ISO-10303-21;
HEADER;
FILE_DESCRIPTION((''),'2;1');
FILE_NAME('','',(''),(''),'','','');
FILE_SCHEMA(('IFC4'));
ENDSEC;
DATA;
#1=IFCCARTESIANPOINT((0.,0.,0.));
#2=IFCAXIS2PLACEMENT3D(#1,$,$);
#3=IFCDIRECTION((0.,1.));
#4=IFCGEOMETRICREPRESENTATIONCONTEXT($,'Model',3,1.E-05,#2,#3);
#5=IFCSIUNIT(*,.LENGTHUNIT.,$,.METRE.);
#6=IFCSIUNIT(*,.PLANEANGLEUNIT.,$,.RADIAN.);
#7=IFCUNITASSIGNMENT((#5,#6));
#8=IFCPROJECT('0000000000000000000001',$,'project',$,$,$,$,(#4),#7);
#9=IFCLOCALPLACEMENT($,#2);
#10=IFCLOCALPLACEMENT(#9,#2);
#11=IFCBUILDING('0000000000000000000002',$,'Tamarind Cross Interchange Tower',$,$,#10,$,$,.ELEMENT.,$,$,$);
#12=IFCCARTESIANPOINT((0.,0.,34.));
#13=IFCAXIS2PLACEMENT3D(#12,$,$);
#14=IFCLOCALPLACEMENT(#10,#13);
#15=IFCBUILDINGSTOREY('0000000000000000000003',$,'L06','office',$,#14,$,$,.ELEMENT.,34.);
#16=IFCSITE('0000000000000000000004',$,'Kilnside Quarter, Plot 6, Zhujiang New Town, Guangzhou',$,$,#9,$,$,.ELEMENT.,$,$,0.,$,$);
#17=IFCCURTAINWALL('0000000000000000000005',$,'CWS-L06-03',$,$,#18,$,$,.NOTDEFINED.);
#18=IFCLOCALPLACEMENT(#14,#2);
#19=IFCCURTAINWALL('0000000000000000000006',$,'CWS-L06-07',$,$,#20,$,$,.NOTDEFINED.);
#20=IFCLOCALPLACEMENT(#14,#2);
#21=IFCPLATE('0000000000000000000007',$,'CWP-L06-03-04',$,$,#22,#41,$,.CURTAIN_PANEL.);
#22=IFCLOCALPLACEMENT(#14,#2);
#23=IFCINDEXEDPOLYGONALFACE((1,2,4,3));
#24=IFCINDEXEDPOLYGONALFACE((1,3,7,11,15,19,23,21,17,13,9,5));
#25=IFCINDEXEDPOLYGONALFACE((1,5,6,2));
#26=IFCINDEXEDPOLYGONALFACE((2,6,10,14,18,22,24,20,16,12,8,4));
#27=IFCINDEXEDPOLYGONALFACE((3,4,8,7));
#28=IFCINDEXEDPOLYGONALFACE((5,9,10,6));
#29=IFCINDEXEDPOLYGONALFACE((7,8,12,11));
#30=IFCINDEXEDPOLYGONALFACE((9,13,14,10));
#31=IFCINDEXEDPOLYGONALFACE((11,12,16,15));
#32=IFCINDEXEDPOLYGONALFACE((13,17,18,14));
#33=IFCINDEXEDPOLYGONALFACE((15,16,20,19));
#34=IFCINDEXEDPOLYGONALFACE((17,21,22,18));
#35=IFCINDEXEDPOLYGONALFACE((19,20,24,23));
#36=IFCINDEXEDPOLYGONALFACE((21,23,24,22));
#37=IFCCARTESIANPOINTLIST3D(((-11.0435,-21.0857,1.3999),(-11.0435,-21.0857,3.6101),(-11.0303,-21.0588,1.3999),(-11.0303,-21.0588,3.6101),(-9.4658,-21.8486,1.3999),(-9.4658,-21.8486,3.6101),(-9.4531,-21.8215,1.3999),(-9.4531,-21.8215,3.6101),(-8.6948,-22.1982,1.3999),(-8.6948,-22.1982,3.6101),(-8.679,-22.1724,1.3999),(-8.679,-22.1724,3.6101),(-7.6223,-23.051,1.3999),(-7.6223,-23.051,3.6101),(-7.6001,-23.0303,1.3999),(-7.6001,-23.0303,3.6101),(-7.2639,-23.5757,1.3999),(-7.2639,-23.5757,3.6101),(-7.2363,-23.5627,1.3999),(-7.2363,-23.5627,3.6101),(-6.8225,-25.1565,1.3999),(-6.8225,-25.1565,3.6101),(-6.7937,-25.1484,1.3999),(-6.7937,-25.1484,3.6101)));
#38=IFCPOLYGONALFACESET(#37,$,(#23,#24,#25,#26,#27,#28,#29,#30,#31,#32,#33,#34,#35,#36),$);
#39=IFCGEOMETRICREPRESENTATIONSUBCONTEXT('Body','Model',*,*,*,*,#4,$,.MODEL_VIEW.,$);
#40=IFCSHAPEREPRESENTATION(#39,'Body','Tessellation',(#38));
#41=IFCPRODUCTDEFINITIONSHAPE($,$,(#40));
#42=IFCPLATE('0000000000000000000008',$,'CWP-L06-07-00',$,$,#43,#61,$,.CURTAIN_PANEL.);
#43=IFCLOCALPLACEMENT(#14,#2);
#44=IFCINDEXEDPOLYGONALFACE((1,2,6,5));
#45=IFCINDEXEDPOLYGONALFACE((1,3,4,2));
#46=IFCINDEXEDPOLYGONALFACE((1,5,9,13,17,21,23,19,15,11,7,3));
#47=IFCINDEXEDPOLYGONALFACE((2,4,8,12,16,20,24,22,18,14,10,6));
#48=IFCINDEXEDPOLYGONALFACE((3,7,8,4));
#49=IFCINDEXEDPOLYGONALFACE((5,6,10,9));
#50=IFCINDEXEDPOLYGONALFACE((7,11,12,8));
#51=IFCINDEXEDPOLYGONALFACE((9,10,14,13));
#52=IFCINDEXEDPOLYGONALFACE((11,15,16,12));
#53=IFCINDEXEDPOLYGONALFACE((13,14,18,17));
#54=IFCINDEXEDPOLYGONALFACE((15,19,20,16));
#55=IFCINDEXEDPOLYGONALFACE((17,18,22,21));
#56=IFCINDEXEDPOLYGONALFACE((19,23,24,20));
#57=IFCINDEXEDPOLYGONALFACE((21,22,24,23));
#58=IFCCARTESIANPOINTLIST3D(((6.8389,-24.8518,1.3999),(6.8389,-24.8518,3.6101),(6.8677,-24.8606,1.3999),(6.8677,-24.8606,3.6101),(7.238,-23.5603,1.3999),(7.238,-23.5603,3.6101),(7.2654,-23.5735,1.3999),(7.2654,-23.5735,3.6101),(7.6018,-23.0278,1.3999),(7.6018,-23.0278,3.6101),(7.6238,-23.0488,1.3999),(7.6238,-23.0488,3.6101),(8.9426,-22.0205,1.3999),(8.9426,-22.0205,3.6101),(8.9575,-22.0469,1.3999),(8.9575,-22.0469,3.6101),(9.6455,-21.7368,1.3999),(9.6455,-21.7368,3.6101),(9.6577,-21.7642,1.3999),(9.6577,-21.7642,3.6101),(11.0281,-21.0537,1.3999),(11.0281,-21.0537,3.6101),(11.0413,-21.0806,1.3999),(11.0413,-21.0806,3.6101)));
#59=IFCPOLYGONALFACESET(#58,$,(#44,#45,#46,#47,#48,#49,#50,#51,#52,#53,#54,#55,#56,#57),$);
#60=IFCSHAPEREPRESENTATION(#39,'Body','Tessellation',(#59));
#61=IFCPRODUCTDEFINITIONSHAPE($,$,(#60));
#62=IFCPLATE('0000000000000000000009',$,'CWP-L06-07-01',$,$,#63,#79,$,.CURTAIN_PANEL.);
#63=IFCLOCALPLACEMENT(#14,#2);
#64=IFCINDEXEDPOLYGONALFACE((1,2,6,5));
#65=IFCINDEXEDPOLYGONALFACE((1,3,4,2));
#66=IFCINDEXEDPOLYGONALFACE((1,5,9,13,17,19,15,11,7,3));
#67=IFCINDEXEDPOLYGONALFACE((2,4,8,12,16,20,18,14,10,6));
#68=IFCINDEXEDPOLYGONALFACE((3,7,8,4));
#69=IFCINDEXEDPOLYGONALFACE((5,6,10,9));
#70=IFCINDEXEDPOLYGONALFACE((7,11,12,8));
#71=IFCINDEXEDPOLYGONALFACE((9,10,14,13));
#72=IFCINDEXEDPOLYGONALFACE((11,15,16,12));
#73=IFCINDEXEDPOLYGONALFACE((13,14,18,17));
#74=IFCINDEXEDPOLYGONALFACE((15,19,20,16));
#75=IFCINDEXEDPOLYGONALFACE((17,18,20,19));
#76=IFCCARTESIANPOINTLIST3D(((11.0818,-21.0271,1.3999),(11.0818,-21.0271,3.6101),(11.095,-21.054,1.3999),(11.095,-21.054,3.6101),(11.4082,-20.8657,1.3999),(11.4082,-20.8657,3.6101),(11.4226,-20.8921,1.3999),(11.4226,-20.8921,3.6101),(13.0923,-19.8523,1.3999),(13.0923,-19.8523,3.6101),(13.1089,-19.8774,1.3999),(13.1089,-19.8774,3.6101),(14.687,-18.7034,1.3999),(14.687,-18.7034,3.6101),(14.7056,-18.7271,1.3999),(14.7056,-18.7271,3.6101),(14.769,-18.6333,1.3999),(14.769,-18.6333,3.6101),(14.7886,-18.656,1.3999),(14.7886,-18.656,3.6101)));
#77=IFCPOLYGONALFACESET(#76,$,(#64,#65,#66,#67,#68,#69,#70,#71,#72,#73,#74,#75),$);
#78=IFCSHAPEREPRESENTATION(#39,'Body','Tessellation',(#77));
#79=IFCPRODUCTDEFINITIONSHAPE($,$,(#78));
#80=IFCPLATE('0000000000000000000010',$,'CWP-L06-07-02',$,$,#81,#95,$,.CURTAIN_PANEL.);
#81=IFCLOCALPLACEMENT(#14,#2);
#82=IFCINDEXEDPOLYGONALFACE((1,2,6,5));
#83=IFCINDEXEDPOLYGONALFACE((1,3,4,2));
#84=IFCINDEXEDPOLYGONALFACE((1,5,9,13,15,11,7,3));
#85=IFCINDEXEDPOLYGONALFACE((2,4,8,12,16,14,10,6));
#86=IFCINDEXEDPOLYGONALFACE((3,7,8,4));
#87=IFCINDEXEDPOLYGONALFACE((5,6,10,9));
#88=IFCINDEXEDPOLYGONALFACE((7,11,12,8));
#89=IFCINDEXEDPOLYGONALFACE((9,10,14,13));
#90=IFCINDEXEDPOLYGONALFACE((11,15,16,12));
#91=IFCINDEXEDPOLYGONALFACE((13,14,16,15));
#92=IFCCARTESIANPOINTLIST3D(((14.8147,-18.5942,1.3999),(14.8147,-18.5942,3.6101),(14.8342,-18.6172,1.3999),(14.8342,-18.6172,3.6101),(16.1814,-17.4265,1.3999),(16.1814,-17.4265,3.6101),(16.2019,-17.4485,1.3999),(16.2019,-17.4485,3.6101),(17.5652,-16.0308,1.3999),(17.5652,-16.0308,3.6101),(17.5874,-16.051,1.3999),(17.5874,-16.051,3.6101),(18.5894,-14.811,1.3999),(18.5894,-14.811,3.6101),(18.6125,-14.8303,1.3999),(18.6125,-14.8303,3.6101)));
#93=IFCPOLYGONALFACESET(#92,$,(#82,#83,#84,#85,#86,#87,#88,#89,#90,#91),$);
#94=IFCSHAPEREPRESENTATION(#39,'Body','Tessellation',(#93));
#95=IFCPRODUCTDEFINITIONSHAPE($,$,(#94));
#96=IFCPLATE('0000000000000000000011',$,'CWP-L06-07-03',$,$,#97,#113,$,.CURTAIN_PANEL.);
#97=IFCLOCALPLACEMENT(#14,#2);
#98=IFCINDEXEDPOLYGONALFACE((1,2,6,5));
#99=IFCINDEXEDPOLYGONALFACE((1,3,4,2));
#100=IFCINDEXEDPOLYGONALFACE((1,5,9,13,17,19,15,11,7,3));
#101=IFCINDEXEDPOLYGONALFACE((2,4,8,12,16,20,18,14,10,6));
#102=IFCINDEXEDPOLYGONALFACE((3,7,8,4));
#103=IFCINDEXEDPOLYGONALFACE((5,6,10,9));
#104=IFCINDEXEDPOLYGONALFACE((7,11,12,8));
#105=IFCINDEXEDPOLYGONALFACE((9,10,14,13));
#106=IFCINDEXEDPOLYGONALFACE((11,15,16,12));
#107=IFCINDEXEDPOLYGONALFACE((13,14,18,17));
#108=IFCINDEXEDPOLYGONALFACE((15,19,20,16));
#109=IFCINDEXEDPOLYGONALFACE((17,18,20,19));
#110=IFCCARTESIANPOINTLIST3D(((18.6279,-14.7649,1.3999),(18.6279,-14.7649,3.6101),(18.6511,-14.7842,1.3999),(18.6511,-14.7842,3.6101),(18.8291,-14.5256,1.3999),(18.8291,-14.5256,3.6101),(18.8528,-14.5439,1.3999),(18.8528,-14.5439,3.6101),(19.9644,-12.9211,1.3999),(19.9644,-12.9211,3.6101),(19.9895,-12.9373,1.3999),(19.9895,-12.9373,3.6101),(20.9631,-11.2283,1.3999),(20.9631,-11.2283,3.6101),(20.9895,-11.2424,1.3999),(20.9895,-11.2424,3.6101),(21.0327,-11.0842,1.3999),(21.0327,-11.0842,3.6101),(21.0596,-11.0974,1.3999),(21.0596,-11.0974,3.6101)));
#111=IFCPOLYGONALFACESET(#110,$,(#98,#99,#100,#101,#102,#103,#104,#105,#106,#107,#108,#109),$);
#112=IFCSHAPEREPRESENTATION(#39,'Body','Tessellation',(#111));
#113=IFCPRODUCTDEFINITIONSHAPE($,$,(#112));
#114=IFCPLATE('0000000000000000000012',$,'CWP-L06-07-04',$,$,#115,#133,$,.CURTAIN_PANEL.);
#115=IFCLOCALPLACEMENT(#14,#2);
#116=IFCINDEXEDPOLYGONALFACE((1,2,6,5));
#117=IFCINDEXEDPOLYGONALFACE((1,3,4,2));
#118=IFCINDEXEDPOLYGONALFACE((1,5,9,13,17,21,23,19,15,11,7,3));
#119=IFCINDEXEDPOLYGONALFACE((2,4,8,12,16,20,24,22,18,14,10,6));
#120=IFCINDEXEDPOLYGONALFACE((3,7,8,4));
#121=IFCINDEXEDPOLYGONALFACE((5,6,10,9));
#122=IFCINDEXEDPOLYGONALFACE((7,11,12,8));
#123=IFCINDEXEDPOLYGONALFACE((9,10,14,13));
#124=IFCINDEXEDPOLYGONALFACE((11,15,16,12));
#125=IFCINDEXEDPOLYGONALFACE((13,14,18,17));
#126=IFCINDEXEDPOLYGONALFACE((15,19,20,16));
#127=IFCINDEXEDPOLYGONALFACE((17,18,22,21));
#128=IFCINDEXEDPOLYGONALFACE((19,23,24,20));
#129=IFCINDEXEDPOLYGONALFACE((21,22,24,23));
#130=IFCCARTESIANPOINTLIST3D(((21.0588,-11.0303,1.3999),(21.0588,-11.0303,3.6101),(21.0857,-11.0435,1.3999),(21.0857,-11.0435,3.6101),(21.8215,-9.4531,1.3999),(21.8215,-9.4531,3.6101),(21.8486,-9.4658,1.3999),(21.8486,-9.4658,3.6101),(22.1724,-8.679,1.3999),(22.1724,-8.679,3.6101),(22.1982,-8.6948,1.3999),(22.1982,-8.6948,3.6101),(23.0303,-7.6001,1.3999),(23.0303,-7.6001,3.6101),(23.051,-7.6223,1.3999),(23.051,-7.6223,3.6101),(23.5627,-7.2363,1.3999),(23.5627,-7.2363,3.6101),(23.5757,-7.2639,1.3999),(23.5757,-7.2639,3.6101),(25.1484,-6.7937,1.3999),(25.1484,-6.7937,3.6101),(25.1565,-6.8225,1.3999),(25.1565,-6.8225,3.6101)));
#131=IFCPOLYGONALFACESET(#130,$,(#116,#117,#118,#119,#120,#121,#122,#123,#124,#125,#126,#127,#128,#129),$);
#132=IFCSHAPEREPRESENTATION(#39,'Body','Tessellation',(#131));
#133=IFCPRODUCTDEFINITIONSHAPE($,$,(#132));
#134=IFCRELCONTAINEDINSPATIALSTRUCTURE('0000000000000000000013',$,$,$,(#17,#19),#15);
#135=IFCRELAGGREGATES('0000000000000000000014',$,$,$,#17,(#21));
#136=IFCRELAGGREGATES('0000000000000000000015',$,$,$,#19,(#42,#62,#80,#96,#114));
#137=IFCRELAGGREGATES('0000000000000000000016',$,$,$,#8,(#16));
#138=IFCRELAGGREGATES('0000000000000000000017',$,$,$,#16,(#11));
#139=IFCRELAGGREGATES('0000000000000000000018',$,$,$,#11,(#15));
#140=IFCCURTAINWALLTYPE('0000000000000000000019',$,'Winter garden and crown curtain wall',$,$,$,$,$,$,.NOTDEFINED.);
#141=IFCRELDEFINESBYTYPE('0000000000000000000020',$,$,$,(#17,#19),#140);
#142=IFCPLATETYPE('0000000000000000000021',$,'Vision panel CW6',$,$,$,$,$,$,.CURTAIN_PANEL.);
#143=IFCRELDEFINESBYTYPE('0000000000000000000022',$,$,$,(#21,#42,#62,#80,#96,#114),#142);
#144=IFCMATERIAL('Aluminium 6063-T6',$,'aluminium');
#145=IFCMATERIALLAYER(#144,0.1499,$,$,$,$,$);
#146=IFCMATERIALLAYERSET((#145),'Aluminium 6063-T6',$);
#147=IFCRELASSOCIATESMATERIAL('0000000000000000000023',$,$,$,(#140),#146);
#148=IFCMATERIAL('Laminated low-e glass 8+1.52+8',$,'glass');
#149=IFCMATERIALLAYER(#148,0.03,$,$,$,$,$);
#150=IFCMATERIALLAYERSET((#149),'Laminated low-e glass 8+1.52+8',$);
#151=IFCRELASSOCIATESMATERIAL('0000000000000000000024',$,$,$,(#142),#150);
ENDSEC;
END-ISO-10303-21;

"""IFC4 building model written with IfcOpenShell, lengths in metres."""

from ifc_helpers import new_model, si_unit, direction, frame, origin, place, context, subcontext, project, spatial, polyline, outline, extrude, material, layer, layer_set, type_object, element, aggregate, save


model = new_model("IFC4")

# Units and contexts
model_context = context("Model", 3, precision=1e-05, world=origin(), true_north=direction((0.0, 1.0)))
body_context = subcontext(model_context, "Body", "Model", "MODEL_VIEW")
ifc_project = project(units=[si_unit("LENGTHUNIT", "METRE"), si_unit("PLANEANGLEUNIT", "RADIAN")], contexts=[model_context])

# Site, building, storey
site_placement = place(None, origin())
site = spatial("IfcSite", under=ifc_project, at=site_placement, Name="Kilnside Quarter, Plot 6, Zhujiang New Town, Guangzhou", CompositionType="ELEMENT", RefElevation=0.0)
building_placement = place(site_placement, origin())
building = spatial("IfcBuilding", under=site, at=building_placement, Name="Tamarind Cross Interchange Tower", CompositionType="ELEMENT")
storey_placement = place(building_placement, frame((0.0, 0.0, 34.0)))
storey = spatial("IfcBuildingStorey", under=building, at=storey_placement, Name="L06", Description="office", CompositionType="ELEMENT", Elevation=34.0)

# Curtain walls
ifc_material_1 = material(Name="Aluminium 6063-T6", Category="aluminium")
ifc_layer_1 = layer(ifc_material_1, 0.1499)
ifc_layer_set_1 = layer_set([ifc_layer_1], Name="Aluminium 6063-T6")
curtain_wall_type_1 = type_object("IfcCurtainWallType", Name="Winter garden and crown curtain wall", PredefinedType="NOTDEFINED", material=ifc_layer_set_1)
curtain_wall_1_placement = place(storey_placement, origin())
curtain_wall_1 = element("IfcCurtainWall", 1, at=curtain_wall_1_placement, inside=storey, type_object=curtain_wall_type_1, Name="CWS-L06-03", PredefinedType="NOTDEFINED")
curtain_wall_2_placement = place(storey_placement, origin())
curtain_wall_2 = element("IfcCurtainWall", 2, at=curtain_wall_2_placement, inside=storey, type_object=curtain_wall_type_1, Name="CWS-L06-07", PredefinedType="NOTDEFINED")

# Plates
ifc_material_2 = material(Name="Laminated low-e glass 8+1.52+8", Category="glass")
ifc_layer_2 = layer(ifc_material_2, 0.03)
ifc_layer_set_2 = layer_set([ifc_layer_2], Name="Laminated low-e glass 8+1.52+8")
plate_type_1 = type_object("IfcPlateType", Name="Vision panel CW6", PredefinedType="CURTAIN_PANEL", material=ifc_layer_set_2)
plate_1_placement = place(storey_placement, frame((0.0, 0.0, 1.3999)))
plate_1 = element("IfcPlate", 3, at=plate_1_placement, type_object=plate_type_1, Name="CWP-L06-03-04", PredefinedType="CURTAIN_PANEL", context=body_context, shape_type="SweptSolid", body=[
    extrude(outline(polyline([(-11.0303, -21.0588), (-9.4531, -21.8215), (-8.679, -22.1724), (-7.6001, -23.0303), (-7.2363, -23.5627), (-6.7937, -25.1484), (-6.8225, -25.1565), (-7.2639, -23.5757), (-7.6223, -23.051), (-8.6948, -22.1982), (-9.4658, -21.8486), (-11.0435, -21.0857), (-11.0303, -21.0588)])), origin(), (0.0, 0.0, 1.0), 2.2102),
])
aggregate(curtain_wall_1, [plate_1])
plate_2_placement = place(storey_placement, frame((0.0, 0.0, 1.3999)))
plate_2 = element("IfcPlate", 4, at=plate_2_placement, type_object=plate_type_1, Name="CWP-L06-07-00", PredefinedType="CURTAIN_PANEL", context=body_context, shape_type="SweptSolid", body=[
    extrude(outline(polyline([(6.8389, -24.8518), (7.238, -23.5603), (7.6018, -23.0278), (8.9426, -22.0205), (9.6455, -21.7368), (11.0281, -21.0537), (11.0413, -21.0806), (9.6577, -21.7642), (8.9575, -22.0469), (7.6238, -23.0488), (7.2654, -23.5735), (6.8677, -24.8606), (6.8389, -24.8518)])), origin(), (0.0, 0.0, 1.0), 2.2102),
])
plate_3_placement = place(storey_placement, frame((0.0, 0.0, 1.3999)))
plate_3 = element("IfcPlate", 5, at=plate_3_placement, type_object=plate_type_1, Name="CWP-L06-07-01", PredefinedType="CURTAIN_PANEL", context=body_context, shape_type="SweptSolid", body=[
    extrude(outline(polyline([(11.0818, -21.0271), (11.4082, -20.8657), (13.0923, -19.8523), (14.687, -18.7034), (14.769, -18.6333), (14.7886, -18.656), (14.7056, -18.7271), (13.1089, -19.8774), (11.4226, -20.8921), (11.095, -21.054), (11.0818, -21.0271)])), origin(), (0.0, 0.0, 1.0), 2.2102),
])
plate_4_placement = place(storey_placement, frame((0.0, 0.0, 1.3999)))
plate_4 = element("IfcPlate", 6, at=plate_4_placement, type_object=plate_type_1, Name="CWP-L06-07-02", PredefinedType="CURTAIN_PANEL", context=body_context, shape_type="SweptSolid", body=[
    extrude(outline(polyline([(14.8147, -18.5942), (16.1814, -17.4265), (17.5652, -16.0308), (18.5894, -14.811), (18.6125, -14.8303), (17.5874, -16.051), (16.2019, -17.4485), (14.8342, -18.6172), (14.8147, -18.5942)])), origin(), (0.0, 0.0, 1.0), 2.2102),
])
plate_5_placement = place(storey_placement, frame((0.0, 0.0, 1.3999)))
plate_5 = element("IfcPlate", 7, at=plate_5_placement, type_object=plate_type_1, Name="CWP-L06-07-03", PredefinedType="CURTAIN_PANEL", context=body_context, shape_type="SweptSolid", body=[
    extrude(outline(polyline([(18.6279, -14.7649), (18.8291, -14.5256), (19.9644, -12.9211), (20.9631, -11.2283), (21.0327, -11.0842), (21.0596, -11.0974), (20.9895, -11.2424), (19.9895, -12.9373), (18.8528, -14.5439), (18.6511, -14.7842), (18.6279, -14.7649)])), origin(), (0.0, 0.0, 1.0), 2.2102),
])
plate_6_placement = place(storey_placement, frame((0.0, 0.0, 1.3999)))
plate_6 = element("IfcPlate", 8, at=plate_6_placement, type_object=plate_type_1, Name="CWP-L06-07-04", PredefinedType="CURTAIN_PANEL", context=body_context, shape_type="SweptSolid", body=[
    extrude(outline(polyline([(21.0588, -11.0303), (21.8215, -9.4531), (22.1724, -8.679), (23.0303, -7.6001), (23.5627, -7.2363), (25.1484, -6.7937), (25.1565, -6.8225), (23.5757, -7.2639), (23.051, -7.6223), (22.1982, -8.6948), (21.8486, -9.4658), (21.0857, -11.0435), (21.0588, -11.0303)])), origin(), (0.0, 0.0, 1.0), 2.2102),
])
aggregate(curtain_wall_2, [plate_2, plate_3, plate_4, plate_5, plate_6])

save(model, "model.ifc")
